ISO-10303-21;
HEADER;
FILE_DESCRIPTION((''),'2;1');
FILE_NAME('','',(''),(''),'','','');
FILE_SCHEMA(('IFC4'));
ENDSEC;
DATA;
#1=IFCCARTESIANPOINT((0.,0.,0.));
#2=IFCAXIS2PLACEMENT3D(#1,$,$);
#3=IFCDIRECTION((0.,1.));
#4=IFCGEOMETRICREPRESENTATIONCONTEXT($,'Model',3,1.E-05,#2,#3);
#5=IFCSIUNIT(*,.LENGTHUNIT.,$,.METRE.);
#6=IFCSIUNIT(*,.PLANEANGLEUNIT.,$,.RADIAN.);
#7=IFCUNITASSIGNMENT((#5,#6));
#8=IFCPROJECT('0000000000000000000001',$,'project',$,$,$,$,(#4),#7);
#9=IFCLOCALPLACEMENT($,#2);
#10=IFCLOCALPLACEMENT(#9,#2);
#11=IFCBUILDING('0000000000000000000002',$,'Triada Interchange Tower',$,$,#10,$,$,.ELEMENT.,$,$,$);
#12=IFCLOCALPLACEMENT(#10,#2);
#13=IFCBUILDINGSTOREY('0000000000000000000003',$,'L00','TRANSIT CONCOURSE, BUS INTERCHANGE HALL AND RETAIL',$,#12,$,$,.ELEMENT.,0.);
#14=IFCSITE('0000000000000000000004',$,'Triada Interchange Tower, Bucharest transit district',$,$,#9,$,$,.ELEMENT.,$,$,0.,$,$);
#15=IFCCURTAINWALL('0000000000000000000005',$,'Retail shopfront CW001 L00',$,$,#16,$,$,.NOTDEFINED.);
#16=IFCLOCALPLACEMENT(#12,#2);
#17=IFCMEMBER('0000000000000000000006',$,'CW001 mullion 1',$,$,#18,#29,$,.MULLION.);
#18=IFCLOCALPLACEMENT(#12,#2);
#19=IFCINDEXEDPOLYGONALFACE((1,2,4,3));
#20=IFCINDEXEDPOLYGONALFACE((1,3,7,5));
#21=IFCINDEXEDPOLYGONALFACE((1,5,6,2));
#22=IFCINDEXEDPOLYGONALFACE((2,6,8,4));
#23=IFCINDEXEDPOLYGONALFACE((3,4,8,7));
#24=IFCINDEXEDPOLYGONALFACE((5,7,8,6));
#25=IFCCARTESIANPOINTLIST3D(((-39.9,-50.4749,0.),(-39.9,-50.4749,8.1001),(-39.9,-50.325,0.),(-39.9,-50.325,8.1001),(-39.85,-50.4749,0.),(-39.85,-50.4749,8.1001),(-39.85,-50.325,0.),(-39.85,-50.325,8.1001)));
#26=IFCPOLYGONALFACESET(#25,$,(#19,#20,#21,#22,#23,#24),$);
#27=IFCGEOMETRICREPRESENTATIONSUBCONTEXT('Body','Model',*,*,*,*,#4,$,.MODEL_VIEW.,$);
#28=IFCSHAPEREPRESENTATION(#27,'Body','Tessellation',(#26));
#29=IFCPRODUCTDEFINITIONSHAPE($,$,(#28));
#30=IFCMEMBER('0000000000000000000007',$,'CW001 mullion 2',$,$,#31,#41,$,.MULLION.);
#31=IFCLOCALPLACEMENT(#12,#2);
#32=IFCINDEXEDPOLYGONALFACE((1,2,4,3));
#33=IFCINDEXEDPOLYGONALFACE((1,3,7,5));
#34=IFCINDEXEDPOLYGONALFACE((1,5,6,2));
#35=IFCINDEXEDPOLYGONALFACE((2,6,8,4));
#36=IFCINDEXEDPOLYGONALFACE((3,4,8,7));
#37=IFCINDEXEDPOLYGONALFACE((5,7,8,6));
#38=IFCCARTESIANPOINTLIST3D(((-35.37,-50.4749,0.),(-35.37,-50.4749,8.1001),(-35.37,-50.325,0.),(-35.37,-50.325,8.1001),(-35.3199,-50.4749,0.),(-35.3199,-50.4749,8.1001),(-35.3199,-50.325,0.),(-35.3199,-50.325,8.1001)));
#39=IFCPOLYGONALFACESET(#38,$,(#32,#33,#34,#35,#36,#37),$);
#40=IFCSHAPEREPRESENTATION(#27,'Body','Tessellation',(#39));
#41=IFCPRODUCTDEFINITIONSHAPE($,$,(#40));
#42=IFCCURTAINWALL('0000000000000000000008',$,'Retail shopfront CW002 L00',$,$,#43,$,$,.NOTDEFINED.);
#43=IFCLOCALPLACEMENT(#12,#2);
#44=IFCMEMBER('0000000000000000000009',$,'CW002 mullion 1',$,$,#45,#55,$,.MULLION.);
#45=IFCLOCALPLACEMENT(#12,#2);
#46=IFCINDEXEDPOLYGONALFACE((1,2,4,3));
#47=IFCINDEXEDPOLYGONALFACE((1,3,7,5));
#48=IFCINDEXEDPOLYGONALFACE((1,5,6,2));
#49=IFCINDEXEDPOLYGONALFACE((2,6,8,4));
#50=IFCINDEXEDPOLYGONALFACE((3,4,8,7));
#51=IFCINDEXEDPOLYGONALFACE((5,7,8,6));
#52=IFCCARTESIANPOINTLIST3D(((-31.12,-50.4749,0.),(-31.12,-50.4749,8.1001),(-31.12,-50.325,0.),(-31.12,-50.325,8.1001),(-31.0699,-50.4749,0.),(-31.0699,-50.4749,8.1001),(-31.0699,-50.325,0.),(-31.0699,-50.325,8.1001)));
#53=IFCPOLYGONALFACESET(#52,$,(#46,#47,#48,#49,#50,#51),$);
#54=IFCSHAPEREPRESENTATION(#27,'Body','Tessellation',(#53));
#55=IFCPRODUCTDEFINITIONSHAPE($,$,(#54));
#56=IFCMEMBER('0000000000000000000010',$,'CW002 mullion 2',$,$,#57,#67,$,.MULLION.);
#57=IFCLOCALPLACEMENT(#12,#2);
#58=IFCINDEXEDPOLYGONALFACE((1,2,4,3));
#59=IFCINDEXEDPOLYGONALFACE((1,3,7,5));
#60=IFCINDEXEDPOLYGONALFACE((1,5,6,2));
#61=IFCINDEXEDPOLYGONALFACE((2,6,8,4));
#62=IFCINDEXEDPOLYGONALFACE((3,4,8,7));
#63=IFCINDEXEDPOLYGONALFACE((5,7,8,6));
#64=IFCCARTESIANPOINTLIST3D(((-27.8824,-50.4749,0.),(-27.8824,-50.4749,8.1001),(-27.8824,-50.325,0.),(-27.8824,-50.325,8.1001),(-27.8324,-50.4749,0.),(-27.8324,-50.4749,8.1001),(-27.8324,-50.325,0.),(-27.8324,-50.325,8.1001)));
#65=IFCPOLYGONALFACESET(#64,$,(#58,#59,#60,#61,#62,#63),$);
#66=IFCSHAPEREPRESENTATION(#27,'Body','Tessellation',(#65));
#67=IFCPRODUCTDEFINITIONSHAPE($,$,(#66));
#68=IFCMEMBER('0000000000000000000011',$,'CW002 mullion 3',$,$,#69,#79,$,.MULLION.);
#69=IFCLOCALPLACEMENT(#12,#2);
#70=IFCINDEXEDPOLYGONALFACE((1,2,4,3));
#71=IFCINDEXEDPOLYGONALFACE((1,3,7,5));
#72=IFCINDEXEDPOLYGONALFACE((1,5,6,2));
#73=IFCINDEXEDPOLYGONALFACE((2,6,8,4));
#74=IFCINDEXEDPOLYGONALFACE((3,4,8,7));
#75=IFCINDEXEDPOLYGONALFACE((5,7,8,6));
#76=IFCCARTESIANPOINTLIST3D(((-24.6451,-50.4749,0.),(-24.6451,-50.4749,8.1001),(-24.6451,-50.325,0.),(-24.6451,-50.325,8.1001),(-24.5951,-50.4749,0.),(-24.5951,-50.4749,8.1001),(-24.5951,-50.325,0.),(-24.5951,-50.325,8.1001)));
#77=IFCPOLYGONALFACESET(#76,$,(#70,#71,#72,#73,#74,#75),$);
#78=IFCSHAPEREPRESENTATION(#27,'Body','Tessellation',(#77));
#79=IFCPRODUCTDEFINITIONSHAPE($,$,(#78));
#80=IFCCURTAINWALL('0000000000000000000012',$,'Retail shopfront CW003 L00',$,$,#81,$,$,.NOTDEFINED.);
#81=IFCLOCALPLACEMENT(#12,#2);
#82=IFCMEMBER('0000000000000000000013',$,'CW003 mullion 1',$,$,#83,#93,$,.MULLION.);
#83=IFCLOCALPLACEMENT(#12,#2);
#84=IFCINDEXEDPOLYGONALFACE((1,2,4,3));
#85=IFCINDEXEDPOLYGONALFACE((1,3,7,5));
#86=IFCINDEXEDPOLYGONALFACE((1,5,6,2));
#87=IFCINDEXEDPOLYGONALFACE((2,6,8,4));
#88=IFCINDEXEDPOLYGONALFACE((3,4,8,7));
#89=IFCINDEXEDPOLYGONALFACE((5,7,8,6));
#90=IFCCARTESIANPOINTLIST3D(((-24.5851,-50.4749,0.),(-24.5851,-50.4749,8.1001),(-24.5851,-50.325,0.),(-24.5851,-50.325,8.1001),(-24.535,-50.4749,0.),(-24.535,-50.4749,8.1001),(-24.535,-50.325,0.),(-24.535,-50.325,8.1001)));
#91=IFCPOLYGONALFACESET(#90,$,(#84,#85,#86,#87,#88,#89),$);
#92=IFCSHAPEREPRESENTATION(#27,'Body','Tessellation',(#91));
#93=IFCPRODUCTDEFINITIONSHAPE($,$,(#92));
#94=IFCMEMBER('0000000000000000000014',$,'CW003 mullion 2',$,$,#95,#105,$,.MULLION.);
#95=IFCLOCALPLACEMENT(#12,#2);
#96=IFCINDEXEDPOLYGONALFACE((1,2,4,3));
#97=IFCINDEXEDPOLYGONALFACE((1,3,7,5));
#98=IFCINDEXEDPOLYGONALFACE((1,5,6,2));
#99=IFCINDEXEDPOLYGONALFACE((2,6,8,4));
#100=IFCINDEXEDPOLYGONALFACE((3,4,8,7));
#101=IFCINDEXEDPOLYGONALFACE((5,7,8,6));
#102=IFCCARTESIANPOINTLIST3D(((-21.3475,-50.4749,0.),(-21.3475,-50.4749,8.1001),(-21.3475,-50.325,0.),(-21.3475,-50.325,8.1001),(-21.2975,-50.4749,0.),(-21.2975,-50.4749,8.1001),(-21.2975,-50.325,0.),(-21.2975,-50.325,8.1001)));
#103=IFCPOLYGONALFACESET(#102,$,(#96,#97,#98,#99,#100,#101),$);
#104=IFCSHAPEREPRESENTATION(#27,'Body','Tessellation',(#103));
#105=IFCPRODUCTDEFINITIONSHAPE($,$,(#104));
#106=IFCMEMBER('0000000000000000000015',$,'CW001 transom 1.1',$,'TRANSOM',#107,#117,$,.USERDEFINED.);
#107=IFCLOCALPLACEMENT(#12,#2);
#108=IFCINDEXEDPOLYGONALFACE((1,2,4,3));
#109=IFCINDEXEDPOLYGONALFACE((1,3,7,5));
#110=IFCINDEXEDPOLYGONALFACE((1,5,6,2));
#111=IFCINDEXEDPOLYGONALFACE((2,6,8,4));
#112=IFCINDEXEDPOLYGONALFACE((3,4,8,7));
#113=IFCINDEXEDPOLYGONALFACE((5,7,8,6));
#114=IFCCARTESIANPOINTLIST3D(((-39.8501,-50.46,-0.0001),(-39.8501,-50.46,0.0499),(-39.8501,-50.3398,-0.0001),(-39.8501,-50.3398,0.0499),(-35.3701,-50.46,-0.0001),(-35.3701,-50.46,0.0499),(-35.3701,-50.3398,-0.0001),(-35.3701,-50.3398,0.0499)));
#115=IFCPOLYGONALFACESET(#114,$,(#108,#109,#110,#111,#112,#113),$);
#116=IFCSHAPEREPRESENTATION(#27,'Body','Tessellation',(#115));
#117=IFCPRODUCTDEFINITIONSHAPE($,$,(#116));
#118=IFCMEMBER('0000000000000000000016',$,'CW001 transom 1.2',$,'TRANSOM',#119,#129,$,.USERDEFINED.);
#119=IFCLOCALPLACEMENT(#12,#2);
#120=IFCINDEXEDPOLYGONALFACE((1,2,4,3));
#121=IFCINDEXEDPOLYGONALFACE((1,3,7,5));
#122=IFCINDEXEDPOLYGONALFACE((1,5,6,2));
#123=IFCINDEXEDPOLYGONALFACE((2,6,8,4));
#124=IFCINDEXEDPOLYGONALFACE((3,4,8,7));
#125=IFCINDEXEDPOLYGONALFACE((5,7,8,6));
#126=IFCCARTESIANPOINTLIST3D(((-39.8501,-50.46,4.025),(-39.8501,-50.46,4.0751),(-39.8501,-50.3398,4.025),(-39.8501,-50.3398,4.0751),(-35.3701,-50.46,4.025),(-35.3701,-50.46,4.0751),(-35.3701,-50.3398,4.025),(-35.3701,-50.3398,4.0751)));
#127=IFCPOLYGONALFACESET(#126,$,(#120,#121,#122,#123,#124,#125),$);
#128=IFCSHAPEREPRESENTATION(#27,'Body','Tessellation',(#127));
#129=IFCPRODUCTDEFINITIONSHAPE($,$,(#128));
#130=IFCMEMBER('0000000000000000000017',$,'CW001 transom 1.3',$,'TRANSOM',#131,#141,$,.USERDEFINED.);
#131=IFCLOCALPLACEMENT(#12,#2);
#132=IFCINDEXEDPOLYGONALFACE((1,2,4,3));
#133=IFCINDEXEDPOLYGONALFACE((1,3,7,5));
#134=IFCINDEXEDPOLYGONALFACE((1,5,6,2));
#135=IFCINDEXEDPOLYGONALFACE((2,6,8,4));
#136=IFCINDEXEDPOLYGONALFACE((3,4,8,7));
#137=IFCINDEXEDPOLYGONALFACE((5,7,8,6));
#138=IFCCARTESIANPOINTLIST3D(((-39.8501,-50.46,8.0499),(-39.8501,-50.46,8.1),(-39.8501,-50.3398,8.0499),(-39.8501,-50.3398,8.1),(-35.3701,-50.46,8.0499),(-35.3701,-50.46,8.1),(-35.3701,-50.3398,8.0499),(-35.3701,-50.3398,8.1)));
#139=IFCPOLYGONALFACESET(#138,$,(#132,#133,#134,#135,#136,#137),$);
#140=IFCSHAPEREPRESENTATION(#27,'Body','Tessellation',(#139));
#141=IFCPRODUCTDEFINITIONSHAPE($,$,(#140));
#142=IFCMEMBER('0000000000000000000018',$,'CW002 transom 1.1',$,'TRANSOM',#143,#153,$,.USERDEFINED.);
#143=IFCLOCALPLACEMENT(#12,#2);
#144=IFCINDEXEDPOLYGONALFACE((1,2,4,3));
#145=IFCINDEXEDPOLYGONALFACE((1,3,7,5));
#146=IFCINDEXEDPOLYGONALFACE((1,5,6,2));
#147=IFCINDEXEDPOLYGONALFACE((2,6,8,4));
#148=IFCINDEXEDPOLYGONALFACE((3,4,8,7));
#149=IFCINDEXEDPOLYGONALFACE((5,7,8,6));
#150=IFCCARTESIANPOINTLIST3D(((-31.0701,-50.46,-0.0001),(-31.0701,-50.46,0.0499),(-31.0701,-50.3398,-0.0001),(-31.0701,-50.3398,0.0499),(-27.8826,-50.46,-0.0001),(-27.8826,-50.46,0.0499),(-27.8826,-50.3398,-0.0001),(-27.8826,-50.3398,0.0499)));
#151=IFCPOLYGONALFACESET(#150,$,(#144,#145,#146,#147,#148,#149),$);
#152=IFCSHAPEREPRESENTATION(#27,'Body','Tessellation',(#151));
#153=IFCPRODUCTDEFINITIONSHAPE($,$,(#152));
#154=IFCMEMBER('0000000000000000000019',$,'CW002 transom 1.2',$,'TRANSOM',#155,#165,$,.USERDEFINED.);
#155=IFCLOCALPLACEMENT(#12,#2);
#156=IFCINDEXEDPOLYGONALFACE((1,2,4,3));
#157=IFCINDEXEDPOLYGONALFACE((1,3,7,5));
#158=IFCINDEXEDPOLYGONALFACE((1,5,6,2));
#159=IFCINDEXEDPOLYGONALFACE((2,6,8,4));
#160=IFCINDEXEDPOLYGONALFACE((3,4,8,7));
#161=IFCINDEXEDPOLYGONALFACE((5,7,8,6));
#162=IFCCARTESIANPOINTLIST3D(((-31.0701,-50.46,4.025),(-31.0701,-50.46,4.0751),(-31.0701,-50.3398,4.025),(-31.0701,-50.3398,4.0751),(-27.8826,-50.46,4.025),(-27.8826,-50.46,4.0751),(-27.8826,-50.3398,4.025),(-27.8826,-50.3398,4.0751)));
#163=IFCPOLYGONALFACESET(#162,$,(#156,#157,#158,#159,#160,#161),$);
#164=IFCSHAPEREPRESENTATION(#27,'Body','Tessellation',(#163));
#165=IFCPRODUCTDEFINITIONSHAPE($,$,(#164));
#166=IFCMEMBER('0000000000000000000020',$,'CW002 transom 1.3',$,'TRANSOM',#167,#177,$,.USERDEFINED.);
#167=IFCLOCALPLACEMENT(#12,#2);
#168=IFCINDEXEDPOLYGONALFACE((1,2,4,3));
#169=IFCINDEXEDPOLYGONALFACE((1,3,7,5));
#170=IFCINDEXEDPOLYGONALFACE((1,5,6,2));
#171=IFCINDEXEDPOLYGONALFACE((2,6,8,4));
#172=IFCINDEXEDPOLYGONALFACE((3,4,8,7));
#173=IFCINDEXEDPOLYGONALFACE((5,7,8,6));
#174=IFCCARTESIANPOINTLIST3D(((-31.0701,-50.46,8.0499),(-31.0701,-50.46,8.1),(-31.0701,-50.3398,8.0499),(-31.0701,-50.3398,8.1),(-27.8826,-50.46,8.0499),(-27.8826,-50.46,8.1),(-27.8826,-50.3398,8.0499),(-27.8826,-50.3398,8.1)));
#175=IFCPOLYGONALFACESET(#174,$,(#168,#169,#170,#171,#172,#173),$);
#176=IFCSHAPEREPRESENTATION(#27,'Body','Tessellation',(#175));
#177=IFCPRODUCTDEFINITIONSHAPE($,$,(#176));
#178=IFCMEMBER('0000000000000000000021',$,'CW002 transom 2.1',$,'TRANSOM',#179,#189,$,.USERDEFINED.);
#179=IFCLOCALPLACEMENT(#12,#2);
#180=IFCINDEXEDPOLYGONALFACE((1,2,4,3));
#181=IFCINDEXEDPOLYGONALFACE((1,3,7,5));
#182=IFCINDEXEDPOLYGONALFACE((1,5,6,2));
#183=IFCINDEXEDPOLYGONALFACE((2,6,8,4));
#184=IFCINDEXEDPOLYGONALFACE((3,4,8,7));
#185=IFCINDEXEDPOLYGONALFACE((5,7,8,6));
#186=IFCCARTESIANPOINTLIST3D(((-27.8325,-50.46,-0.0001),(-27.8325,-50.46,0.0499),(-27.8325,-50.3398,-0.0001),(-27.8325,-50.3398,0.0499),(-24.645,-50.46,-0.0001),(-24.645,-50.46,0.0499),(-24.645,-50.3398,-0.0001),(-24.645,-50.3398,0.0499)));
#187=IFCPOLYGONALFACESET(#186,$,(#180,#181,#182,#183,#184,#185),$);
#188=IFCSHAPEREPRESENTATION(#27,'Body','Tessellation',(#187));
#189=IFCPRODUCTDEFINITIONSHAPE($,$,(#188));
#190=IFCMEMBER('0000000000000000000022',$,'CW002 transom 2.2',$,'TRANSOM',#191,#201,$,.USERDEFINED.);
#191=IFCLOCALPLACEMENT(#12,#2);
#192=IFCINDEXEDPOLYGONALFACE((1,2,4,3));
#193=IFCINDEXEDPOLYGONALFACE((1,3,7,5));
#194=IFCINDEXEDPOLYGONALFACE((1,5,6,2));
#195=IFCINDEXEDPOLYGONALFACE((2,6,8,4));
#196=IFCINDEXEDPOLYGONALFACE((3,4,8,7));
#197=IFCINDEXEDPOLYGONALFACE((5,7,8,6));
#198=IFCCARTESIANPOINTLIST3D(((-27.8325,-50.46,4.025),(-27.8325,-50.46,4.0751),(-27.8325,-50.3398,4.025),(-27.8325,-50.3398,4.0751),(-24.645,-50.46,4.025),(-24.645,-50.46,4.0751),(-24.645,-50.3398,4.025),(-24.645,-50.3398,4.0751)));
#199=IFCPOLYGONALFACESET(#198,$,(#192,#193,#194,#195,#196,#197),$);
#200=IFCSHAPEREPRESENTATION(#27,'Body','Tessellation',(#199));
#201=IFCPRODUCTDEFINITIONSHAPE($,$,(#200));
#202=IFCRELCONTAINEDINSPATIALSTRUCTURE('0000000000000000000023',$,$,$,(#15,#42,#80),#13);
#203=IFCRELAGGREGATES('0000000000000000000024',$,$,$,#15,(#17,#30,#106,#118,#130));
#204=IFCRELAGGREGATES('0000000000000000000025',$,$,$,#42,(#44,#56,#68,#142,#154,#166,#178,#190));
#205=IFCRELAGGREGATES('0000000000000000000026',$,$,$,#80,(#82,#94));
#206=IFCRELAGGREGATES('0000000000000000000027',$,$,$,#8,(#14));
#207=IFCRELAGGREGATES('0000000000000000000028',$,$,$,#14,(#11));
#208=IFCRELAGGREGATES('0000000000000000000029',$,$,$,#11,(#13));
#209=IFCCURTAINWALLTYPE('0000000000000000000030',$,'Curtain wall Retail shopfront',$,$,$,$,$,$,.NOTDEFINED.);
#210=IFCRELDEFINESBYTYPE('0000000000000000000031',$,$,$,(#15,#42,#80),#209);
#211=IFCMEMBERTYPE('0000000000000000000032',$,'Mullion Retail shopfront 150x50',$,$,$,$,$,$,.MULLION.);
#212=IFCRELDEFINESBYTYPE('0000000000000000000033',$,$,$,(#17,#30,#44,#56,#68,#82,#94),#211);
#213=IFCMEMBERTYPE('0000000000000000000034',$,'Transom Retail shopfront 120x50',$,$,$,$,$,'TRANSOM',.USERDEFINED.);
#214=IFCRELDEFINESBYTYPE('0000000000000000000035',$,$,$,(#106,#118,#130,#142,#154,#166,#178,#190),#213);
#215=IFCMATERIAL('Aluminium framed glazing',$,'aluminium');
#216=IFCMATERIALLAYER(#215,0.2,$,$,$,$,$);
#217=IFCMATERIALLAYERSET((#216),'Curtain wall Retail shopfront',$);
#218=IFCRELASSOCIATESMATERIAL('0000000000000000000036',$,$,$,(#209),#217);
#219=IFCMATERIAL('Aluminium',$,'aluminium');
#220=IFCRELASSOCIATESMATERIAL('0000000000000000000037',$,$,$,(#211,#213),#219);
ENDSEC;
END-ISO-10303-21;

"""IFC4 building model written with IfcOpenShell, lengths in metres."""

from ifc_helpers import new_model, si_unit, direction, frame, origin, origin_2d, place, context, subcontext, project, spatial, rectangle, extrude, material, layer, layer_set, material_profile, profile_set, type_object, element, aggregate, save


model = new_model("IFC4")

# Units and contexts
model_context = context("Model", 3, precision=1e-05, world=origin(), true_north=direction((0.0, 1.0)))
body_context = subcontext(model_context, "Body", "Model", "MODEL_VIEW")
ifc_project = project(units=[si_unit("LENGTHUNIT", "METRE"), si_unit("PLANEANGLEUNIT", "RADIAN")], contexts=[model_context])

# Site, building, storey
site_placement = place(None, origin())
site = spatial("IfcSite", under=ifc_project, at=site_placement, Name="Triada Interchange Tower, Bucharest transit district", CompositionType="ELEMENT", RefElevation=0.0)
building_placement = place(site_placement, origin())
building = spatial("IfcBuilding", under=site, at=building_placement, Name="Triada Interchange Tower", CompositionType="ELEMENT")
storey_placement = place(building_placement, origin())
storey = spatial("IfcBuildingStorey", under=building, at=storey_placement, Name="L00", Description="TRANSIT CONCOURSE, BUS INTERCHANGE HALL AND RETAIL", CompositionType="ELEMENT", Elevation=0.0)

# Curtain walls, members
ifc_material_1 = material(Name="Aluminium framed glazing", Category="aluminium")
ifc_layer_1 = layer(ifc_material_1, 0.2)
ifc_layer_set_1 = layer_set([ifc_layer_1], Name="Curtain wall Retail shopfront")
curtain_wall_type = type_object("IfcCurtainWallType", Name="Curtain wall Retail shopfront", PredefinedType="NOTDEFINED", material=ifc_layer_set_1)
curtain_wall_1_placement = place(storey_placement, origin())
curtain_wall_1 = element("IfcCurtainWall", 1, at=curtain_wall_1_placement, inside=storey, type_object=curtain_wall_type, Name="Retail shopfront CW001 L00", PredefinedType="NOTDEFINED")
ifc_material_2 = material(Name="Aluminium", Category="aluminium")
ifc_material_profile_1 = material_profile(ifc_material_2, rectangle(XDim=0.1499, YDim=0.05, at=origin_2d()), Name="Aluminium mullion")
ifc_profile_set_1 = profile_set([ifc_material_profile_1], Name="Aluminium")
member_type_1 = type_object("IfcMemberType", Name="Mullion Retail shopfront 150x50", PredefinedType="MULLION", material=ifc_profile_set_1)
member_1_placement = place(storey_placement, frame((-39.875, -50.3999, 0.0), z_axis=(0.0, 0.0, 1.0), x_axis=(0.0, 1.0, 0.0)))
member_1 = element("IfcMember", 2, at=member_1_placement, type_object=member_type_1, Name="CW001 mullion 1", PredefinedType="MULLION", context=body_context, shape_type="SweptSolid", body=[
    extrude(rectangle(XDim=0.1499, YDim=0.05, at=origin_2d()), origin(), (0.0, 0.0, 1.0), 8.1001),
])
member_2_placement = place(storey_placement, frame((-35.345, -50.3999, 0.0), z_axis=(0.0, 0.0, 1.0), x_axis=(0.0, 1.0, 0.0)))
member_2 = element("IfcMember", 3, at=member_2_placement, type_object=member_type_1, Name="CW001 mullion 2", PredefinedType="MULLION", context=body_context, shape_type="SweptSolid", body=[
    extrude(rectangle(XDim=0.1499, YDim=0.05, at=origin_2d()), origin(), (0.0, 0.0, 1.0), 8.1001),
])
curtain_wall_2_placement = place(storey_placement, origin())
curtain_wall_2 = element("IfcCurtainWall", 4, at=curtain_wall_2_placement, inside=storey, type_object=curtain_wall_type, Name="Retail shopfront CW002 L00", PredefinedType="NOTDEFINED")
member_3_placement = place(storey_placement, frame((-31.095, -50.3999, 0.0), z_axis=(0.0, 0.0, 1.0), x_axis=(0.0, 1.0, 0.0)))
member_3 = element("IfcMember", 5, at=member_3_placement, type_object=member_type_1, Name="CW002 mullion 1", PredefinedType="MULLION", context=body_context, shape_type="SweptSolid", body=[
    extrude(rectangle(XDim=0.1499, YDim=0.05, at=origin_2d()), origin(), (0.0, 0.0, 1.0), 8.1001),
])
member_4_placement = place(storey_placement, frame((-27.8574, -50.3999, 0.0), z_axis=(0.0, 0.0, 1.0), x_axis=(0.0, 1.0, 0.0)))
member_4 = element("IfcMember", 6, at=member_4_placement, type_object=member_type_1, Name="CW002 mullion 2", PredefinedType="MULLION", context=body_context, shape_type="SweptSolid", body=[
    extrude(rectangle(XDim=0.1499, YDim=0.05, at=origin_2d()), origin(), (0.0, 0.0, 1.0), 8.1001),
])
member_5_placement = place(storey_placement, frame((-24.6201, -50.3999, 0.0), z_axis=(0.0, 0.0, 1.0), x_axis=(0.0, 1.0, 0.0)))
member_5 = element("IfcMember", 7, at=member_5_placement, type_object=member_type_1, Name="CW002 mullion 3", PredefinedType="MULLION", context=body_context, shape_type="SweptSolid", body=[
    extrude(rectangle(XDim=0.1499, YDim=0.05, at=origin_2d()), origin(), (0.0, 0.0, 1.0), 8.1001),
])
curtain_wall_3_placement = place(storey_placement, origin())
curtain_wall_3 = element("IfcCurtainWall", 8, at=curtain_wall_3_placement, inside=storey, type_object=curtain_wall_type, Name="Retail shopfront CW003 L00", PredefinedType="NOTDEFINED")
member_6_placement = place(storey_placement, frame((-24.5601, -50.3999, 0.0), z_axis=(0.0, 0.0, 1.0), x_axis=(0.0, 1.0, 0.0)))
member_6 = element("IfcMember", 9, at=member_6_placement, type_object=member_type_1, Name="CW003 mullion 1", PredefinedType="MULLION", context=body_context, shape_type="SweptSolid", body=[
    extrude(rectangle(XDim=0.1499, YDim=0.05, at=origin_2d()), origin(), (0.0, 0.0, 1.0), 8.1001),
])
member_7_placement = place(storey_placement, frame((-21.3225, -50.3999, 0.0), z_axis=(0.0, 0.0, 1.0), x_axis=(0.0, 1.0, 0.0)))
member_7 = element("IfcMember", 10, at=member_7_placement, type_object=member_type_1, Name="CW003 mullion 2", PredefinedType="MULLION", context=body_context, shape_type="SweptSolid", body=[
    extrude(rectangle(XDim=0.1499, YDim=0.05, at=origin_2d()), origin(), (0.0, 0.0, 1.0), 8.1001),
])

# Members
ifc_material_profile_2 = material_profile(ifc_material_2, rectangle(XDim=0.1201, YDim=0.05, at=origin_2d()), Name="Aluminium transom")
ifc_profile_set_2 = profile_set([ifc_material_profile_2], Name="Aluminium")
member_type_2 = type_object("IfcMemberType", Name="Transom Retail shopfront 120x50", ElementType="TRANSOM", PredefinedType="USERDEFINED", material=ifc_profile_set_2)
member_8_placement = place(storey_placement, frame((-39.8501, -50.3999, 0.0249), z_axis=(1.0, 0.0, 0.0), x_axis=(0.0, 1.0, 0.0)))
member_8 = element("IfcMember", 11, at=member_8_placement, type_object=member_type_2, Name="CW001 transom 1.1", ObjectType="TRANSOM", PredefinedType="USERDEFINED", context=body_context, shape_type="SweptSolid", body=[
    extrude(rectangle(XDim=0.1201, YDim=0.05, at=origin_2d()), origin(), (0.0, 0.0, 1.0), 4.48),
])
member_9_placement = place(storey_placement, frame((-39.8501, -50.3999, 4.05), z_axis=(1.0, 0.0, 0.0), x_axis=(0.0, 1.0, 0.0)))
member_9 = element("IfcMember", 12, at=member_9_placement, type_object=member_type_2, Name="CW001 transom 1.2", ObjectType="TRANSOM", PredefinedType="USERDEFINED", context=body_context, shape_type="SweptSolid", body=[
    extrude(rectangle(XDim=0.1201, YDim=0.05, at=origin_2d()), origin(), (0.0, 0.0, 1.0), 4.48),
])
member_10_placement = place(storey_placement, frame((-39.8501, -50.3999, 8.075), z_axis=(1.0, 0.0, 0.0), x_axis=(0.0, 1.0, 0.0)))
member_10 = element("IfcMember", 13, at=member_10_placement, type_object=member_type_2, Name="CW001 transom 1.3", ObjectType="TRANSOM", PredefinedType="USERDEFINED", context=body_context, shape_type="SweptSolid", body=[
    extrude(rectangle(XDim=0.1201, YDim=0.05, at=origin_2d()), origin(), (0.0, 0.0, 1.0), 4.48),
])
member_11_placement = place(storey_placement, frame((-31.0701, -50.3999, 0.0249), z_axis=(1.0, 0.0, 0.0), x_axis=(0.0, 1.0, 0.0)))
member_11 = element("IfcMember", 14, at=member_11_placement, type_object=member_type_2, Name="CW002 transom 1.1", ObjectType="TRANSOM", PredefinedType="USERDEFINED", context=body_context, shape_type="SweptSolid", body=[
    extrude(rectangle(XDim=0.1201, YDim=0.05, at=origin_2d()), origin(), (0.0, 0.0, 1.0), 3.1875),
])
member_12_placement = place(storey_placement, frame((-31.0701, -50.3999, 4.05), z_axis=(1.0, 0.0, 0.0), x_axis=(0.0, 1.0, 0.0)))
member_12 = element("IfcMember", 15, at=member_12_placement, type_object=member_type_2, Name="CW002 transom 1.2", ObjectType="TRANSOM", PredefinedType="USERDEFINED", context=body_context, shape_type="SweptSolid", body=[
    extrude(rectangle(XDim=0.1201, YDim=0.05, at=origin_2d()), origin(), (0.0, 0.0, 1.0), 3.1875),
])
member_13_placement = place(storey_placement, frame((-31.0701, -50.3999, 8.075), z_axis=(1.0, 0.0, 0.0), x_axis=(0.0, 1.0, 0.0)))
member_13 = element("IfcMember", 16, at=member_13_placement, type_object=member_type_2, Name="CW002 transom 1.3", ObjectType="TRANSOM", PredefinedType="USERDEFINED", context=body_context, shape_type="SweptSolid", body=[
    extrude(rectangle(XDim=0.1201, YDim=0.05, at=origin_2d()), origin(), (0.0, 0.0, 1.0), 3.1875),
])
member_14_placement = place(storey_placement, frame((-27.8325, -50.3999, 0.0249), z_axis=(1.0, 0.0, 0.0), x_axis=(0.0, 1.0, 0.0)))
member_14 = element("IfcMember", 17, at=member_14_placement, type_object=member_type_2, Name="CW002 transom 2.1", ObjectType="TRANSOM", PredefinedType="USERDEFINED", context=body_context, shape_type="SweptSolid", body=[
    extrude(rectangle(XDim=0.1201, YDim=0.05, at=origin_2d()), origin(), (0.0, 0.0, 1.0), 3.1875),
])
member_15_placement = place(storey_placement, frame((-27.8325, -50.3999, 4.05), z_axis=(1.0, 0.0, 0.0), x_axis=(0.0, 1.0, 0.0)))
member_15 = element("IfcMember", 18, at=member_15_placement, type_object=member_type_2, Name="CW002 transom 2.2", ObjectType="TRANSOM", PredefinedType="USERDEFINED", context=body_context, shape_type="SweptSolid", body=[
    extrude(rectangle(XDim=0.1201, YDim=0.05, at=origin_2d()), origin(), (0.0, 0.0, 1.0), 3.1875),
])

aggregate(curtain_wall_1, [member_1, member_2, member_8, member_9, member_10])
aggregate(curtain_wall_2, [member_3, member_4, member_5, member_11, member_12, member_13, member_14, member_15])
aggregate(curtain_wall_3, [member_6, member_7])

save(model, "model.ifc")
